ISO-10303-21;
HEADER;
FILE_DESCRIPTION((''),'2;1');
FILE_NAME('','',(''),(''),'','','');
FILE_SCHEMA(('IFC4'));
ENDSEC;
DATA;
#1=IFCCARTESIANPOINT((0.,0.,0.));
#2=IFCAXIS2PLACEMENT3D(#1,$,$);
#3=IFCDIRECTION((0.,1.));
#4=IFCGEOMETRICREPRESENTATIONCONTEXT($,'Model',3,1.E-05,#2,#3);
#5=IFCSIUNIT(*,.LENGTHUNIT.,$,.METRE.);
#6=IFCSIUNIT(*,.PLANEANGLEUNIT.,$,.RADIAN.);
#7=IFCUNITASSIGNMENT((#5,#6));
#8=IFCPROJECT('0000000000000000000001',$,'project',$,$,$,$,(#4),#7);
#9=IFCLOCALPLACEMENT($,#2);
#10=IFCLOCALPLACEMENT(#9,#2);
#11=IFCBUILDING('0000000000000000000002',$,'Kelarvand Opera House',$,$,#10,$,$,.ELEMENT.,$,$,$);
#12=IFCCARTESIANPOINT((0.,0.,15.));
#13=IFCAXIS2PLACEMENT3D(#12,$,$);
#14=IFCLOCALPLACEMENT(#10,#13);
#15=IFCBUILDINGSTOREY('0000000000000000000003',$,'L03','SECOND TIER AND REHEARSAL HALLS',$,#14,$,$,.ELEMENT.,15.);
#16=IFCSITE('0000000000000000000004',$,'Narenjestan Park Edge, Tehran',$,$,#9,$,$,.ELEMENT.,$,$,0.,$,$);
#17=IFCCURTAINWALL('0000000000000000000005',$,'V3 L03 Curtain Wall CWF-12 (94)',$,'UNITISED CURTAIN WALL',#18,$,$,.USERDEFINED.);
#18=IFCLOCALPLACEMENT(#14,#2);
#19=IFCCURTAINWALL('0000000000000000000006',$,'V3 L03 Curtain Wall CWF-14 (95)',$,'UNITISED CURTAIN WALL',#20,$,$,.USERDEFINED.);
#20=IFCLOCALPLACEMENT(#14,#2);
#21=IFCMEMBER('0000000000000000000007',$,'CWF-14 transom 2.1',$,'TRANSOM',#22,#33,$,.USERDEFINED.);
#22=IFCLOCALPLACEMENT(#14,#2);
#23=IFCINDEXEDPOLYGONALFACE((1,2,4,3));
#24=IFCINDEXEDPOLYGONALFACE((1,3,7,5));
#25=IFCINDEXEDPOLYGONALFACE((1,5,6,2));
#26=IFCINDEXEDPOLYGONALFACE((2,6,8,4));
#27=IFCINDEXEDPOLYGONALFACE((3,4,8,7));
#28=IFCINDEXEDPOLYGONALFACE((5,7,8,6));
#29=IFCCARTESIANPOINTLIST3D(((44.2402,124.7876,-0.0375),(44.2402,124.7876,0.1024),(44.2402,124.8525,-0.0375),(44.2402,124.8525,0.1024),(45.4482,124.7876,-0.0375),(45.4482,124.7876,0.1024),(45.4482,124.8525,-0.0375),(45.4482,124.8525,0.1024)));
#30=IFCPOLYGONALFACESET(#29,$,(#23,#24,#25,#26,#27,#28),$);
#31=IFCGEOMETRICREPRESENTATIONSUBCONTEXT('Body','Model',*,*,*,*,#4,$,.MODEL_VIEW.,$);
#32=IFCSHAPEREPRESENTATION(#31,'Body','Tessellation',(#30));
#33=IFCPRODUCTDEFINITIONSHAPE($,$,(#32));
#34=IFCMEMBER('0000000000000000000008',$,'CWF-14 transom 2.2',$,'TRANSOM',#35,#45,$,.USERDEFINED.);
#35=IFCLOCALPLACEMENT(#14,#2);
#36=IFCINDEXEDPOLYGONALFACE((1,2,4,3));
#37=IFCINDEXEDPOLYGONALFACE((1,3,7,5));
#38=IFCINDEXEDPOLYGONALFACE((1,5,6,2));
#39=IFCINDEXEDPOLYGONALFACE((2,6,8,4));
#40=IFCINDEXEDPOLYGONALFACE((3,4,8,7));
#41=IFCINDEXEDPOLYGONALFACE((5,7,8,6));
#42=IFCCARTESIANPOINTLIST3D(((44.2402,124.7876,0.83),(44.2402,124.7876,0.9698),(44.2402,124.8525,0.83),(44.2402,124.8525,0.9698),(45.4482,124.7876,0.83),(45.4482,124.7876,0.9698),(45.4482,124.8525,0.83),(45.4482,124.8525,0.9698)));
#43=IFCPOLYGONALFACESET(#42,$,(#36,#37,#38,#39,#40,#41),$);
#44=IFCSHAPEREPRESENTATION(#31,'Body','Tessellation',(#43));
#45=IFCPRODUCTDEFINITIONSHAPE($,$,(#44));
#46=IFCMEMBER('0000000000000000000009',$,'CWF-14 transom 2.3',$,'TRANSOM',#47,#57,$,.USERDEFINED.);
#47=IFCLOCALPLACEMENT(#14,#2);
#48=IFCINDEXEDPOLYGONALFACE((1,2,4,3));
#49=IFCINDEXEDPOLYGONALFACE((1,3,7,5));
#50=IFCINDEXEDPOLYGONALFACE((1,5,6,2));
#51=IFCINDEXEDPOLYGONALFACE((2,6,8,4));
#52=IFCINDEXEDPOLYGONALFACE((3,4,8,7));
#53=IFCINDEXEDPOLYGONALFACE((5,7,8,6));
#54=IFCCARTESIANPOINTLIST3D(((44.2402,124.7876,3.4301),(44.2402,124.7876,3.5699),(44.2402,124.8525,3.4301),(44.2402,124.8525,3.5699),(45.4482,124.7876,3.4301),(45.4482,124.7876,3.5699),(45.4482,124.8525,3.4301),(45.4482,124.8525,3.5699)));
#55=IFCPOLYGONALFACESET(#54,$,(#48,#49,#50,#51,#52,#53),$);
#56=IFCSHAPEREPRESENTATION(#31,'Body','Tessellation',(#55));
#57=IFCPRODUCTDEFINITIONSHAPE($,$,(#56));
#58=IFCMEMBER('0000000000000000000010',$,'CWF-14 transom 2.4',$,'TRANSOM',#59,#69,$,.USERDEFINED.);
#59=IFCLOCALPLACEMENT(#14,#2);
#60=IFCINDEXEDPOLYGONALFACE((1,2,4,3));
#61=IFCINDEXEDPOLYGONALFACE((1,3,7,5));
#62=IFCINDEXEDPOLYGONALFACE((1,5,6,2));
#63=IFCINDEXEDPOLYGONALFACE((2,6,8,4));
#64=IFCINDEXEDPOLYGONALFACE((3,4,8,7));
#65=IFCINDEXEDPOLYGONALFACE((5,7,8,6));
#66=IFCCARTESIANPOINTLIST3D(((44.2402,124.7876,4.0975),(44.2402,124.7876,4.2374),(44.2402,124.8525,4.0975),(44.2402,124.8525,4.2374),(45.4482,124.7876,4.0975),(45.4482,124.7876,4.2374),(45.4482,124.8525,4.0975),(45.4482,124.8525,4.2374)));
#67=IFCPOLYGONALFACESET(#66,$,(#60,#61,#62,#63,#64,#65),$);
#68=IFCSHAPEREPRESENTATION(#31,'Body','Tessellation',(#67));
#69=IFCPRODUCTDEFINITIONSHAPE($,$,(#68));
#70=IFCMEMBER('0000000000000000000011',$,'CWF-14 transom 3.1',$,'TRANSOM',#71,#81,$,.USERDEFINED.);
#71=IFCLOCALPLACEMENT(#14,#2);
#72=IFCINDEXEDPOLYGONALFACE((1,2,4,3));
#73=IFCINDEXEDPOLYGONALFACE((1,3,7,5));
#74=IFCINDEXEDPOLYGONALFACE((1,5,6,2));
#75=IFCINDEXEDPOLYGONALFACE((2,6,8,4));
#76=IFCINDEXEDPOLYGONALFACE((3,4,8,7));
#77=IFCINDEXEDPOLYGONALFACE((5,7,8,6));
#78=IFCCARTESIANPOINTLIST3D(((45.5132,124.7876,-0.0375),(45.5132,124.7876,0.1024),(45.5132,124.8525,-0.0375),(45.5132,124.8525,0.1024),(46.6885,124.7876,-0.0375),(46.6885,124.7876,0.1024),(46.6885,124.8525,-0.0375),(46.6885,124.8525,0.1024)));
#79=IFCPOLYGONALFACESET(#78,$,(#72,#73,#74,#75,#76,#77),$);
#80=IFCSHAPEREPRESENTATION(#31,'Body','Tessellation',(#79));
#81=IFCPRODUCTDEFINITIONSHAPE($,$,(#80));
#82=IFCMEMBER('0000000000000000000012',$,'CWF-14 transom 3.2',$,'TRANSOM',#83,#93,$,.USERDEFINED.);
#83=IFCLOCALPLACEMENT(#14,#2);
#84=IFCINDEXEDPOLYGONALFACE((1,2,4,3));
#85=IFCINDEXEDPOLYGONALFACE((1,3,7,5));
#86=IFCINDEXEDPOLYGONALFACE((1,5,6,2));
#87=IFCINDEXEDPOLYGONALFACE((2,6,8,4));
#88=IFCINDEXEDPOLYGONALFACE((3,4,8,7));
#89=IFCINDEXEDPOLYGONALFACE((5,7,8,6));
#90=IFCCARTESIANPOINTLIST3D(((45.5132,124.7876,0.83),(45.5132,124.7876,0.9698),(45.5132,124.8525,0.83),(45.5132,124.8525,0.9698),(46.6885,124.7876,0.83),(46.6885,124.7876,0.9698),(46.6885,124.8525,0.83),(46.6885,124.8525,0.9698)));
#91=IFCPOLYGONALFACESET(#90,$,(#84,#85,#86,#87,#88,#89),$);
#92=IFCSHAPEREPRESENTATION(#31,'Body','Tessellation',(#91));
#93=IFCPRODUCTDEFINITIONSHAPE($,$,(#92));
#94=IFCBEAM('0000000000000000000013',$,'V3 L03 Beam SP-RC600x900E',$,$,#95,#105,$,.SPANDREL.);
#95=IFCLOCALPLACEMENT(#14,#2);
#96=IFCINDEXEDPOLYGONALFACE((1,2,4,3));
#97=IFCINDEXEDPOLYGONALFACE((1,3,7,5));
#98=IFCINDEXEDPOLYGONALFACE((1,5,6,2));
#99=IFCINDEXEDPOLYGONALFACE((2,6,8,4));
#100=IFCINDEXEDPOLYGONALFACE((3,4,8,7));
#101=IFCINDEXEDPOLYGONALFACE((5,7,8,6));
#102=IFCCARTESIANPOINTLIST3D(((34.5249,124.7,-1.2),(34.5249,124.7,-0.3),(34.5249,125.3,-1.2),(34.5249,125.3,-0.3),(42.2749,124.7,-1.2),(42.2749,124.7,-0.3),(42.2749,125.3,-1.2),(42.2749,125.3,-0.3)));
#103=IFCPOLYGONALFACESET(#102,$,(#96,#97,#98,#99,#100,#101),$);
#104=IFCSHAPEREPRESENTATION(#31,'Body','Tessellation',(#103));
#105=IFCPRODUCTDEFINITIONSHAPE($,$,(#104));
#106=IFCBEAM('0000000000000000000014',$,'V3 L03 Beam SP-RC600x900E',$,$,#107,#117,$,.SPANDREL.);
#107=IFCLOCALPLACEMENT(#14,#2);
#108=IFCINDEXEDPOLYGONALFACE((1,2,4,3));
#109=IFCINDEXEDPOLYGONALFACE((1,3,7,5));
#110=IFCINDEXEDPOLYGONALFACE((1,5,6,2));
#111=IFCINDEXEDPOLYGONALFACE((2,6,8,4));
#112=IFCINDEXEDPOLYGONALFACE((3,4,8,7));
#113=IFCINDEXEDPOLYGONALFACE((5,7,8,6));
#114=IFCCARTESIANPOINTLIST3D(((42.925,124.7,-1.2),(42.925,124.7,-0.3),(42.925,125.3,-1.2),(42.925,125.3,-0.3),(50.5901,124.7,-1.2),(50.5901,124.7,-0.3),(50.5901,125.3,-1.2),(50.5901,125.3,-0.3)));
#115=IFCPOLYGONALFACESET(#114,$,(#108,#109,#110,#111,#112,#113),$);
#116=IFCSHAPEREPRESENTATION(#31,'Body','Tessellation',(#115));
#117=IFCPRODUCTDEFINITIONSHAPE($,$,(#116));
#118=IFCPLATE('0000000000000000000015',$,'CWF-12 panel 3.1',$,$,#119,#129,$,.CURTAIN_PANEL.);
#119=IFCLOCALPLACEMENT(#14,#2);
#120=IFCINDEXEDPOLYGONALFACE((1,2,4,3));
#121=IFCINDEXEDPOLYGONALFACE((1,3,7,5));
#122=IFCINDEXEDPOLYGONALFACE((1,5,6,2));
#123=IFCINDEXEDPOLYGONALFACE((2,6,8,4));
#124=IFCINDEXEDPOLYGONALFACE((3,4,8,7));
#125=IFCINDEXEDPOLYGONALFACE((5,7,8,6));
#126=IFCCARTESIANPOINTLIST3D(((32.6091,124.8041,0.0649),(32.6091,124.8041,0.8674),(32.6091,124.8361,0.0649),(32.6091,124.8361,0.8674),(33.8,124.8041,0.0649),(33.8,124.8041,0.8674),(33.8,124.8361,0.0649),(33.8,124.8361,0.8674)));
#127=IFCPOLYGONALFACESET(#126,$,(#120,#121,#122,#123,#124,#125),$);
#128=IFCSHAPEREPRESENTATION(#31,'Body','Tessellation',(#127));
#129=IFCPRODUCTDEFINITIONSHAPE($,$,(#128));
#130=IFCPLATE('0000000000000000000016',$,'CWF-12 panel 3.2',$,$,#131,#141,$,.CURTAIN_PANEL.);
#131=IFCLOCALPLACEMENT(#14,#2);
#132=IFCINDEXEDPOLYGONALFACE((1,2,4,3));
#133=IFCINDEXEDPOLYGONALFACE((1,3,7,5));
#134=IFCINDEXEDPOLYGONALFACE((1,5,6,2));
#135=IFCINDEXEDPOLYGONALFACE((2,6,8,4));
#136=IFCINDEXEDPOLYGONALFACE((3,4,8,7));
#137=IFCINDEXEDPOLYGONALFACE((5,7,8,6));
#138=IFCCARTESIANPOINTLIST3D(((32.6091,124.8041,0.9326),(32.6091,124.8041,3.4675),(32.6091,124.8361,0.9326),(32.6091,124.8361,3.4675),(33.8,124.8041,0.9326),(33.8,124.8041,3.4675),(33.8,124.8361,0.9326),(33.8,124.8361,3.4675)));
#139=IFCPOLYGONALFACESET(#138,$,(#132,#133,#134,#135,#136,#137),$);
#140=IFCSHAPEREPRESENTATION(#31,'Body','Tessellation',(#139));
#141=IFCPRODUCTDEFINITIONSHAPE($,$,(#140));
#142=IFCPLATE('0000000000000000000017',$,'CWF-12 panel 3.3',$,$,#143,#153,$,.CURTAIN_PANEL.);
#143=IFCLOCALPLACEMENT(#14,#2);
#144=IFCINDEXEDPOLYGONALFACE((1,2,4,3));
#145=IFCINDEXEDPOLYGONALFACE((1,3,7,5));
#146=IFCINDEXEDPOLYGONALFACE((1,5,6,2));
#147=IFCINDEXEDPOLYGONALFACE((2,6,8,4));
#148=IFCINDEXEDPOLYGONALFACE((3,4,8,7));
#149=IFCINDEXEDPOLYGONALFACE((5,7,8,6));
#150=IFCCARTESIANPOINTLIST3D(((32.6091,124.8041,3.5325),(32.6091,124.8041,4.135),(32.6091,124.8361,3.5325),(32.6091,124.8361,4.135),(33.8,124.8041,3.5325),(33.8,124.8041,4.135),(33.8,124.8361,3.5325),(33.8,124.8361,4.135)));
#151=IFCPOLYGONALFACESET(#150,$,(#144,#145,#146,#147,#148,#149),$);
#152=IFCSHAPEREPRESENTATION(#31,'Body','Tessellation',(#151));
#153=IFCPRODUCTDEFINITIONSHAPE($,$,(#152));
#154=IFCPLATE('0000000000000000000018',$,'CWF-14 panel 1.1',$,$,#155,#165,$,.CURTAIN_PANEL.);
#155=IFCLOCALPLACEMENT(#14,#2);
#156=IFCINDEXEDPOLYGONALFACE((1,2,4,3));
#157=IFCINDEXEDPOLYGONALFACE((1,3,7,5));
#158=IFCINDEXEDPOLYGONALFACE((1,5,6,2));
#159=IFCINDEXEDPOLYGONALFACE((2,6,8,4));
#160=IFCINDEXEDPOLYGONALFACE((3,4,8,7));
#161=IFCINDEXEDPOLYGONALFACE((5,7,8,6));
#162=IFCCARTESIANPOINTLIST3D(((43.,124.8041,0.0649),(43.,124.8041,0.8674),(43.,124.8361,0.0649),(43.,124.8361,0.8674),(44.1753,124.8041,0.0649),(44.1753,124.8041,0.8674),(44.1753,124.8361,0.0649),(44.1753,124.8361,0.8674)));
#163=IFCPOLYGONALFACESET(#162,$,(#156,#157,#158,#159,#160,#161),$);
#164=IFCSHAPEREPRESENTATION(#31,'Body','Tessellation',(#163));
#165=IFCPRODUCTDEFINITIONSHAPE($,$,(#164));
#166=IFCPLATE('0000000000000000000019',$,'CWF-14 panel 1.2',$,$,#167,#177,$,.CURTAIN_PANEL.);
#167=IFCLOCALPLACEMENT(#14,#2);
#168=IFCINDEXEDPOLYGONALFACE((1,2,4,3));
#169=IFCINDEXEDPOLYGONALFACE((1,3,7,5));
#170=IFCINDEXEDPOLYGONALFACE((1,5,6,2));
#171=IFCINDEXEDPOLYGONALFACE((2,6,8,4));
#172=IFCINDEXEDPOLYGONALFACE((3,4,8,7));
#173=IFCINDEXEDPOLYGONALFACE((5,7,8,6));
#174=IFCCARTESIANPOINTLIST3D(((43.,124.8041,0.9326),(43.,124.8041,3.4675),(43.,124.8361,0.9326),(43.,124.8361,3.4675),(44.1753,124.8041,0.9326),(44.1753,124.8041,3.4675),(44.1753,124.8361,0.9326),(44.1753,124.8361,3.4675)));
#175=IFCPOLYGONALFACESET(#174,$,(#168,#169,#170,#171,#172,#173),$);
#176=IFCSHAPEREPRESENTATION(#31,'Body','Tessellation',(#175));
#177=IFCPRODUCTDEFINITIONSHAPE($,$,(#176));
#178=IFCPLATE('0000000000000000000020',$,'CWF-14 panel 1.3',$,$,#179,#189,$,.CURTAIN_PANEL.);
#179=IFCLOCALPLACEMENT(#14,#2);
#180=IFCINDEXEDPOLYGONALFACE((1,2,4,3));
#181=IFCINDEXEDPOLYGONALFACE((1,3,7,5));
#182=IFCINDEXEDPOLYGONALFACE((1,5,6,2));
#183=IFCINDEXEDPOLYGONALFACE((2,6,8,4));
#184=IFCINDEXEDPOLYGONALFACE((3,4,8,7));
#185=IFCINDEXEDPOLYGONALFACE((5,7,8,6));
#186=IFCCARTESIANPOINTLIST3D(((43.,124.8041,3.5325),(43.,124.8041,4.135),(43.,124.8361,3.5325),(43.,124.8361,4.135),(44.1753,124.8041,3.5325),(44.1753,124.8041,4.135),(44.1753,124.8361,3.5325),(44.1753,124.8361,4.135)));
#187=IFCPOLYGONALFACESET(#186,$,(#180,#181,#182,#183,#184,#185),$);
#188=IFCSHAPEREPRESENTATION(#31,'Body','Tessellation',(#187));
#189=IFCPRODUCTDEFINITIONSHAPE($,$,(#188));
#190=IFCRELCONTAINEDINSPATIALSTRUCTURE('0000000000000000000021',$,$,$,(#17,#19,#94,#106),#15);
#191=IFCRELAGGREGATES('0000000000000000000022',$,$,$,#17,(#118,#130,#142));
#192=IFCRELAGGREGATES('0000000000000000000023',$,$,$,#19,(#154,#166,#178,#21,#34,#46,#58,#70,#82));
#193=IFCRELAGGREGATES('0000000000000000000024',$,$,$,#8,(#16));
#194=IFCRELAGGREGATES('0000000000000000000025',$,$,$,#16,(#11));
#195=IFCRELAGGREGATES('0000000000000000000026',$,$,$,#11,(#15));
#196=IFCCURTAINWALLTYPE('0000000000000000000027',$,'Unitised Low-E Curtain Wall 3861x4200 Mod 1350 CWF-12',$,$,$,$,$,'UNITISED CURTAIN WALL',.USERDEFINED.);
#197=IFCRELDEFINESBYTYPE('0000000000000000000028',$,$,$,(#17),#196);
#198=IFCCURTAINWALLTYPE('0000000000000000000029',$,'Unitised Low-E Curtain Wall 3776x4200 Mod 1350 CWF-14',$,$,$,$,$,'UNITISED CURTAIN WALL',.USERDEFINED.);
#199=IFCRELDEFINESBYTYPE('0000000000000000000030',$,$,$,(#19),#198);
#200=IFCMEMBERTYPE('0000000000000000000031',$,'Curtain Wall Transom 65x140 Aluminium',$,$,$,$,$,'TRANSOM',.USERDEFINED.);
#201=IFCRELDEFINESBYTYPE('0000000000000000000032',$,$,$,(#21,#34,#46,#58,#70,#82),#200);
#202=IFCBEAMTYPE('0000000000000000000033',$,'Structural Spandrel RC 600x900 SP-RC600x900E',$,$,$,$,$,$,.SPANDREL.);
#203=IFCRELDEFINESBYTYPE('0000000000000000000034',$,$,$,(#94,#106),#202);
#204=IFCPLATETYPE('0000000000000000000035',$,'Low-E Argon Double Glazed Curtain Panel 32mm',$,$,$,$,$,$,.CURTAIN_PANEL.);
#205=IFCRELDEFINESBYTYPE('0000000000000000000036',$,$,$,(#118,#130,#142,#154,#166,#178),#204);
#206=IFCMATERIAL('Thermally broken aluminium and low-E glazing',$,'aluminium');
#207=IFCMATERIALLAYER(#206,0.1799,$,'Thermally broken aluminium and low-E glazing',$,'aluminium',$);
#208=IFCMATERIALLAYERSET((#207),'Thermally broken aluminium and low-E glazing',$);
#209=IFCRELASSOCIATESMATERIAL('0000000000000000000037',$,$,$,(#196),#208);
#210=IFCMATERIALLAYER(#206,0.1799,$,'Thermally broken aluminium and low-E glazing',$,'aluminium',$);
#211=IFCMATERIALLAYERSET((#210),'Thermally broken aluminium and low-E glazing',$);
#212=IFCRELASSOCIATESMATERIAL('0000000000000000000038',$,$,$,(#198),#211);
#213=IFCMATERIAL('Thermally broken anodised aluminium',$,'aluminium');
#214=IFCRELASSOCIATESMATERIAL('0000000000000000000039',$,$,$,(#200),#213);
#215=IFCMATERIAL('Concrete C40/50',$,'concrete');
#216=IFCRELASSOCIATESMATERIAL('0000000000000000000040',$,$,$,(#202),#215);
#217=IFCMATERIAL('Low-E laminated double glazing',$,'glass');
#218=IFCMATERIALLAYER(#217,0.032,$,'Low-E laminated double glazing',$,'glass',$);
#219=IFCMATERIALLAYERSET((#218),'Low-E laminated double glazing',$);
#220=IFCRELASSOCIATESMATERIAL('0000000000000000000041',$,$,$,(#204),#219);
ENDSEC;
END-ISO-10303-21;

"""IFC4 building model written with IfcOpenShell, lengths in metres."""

from ifc_helpers import new_model, si_unit, direction, frame, origin, origin_2d, place, context, subcontext, project, spatial, rectangle, extrude, material, layer, layer_set, material_profile, profile_set, type_object, element, aggregate, save


model = new_model("IFC4")

# Units and contexts
model_context = context("Model", 3, precision=1e-05, world=origin(), true_north=direction((0.0, 1.0)))
body_context = subcontext(model_context, "Body", "Model", "MODEL_VIEW")
ifc_project = project(units=[si_unit("LENGTHUNIT", "METRE"), si_unit("PLANEANGLEUNIT", "RADIAN")], contexts=[model_context])

# Site, building, storey
site_placement = place(None, origin())
site = spatial("IfcSite", under=ifc_project, at=site_placement, Name="Narenjestan Park Edge, Tehran", CompositionType="ELEMENT", RefElevation=0.0)
building_placement = place(site_placement, origin())
building = spatial("IfcBuilding", under=site, at=building_placement, Name="Kelarvand Opera House", CompositionType="ELEMENT")
storey_placement = place(building_placement, frame((0.0, 0.0, 15.0)))
storey = spatial("IfcBuildingStorey", under=building, at=storey_placement, Name="L03", Description="SECOND TIER AND REHEARSAL HALLS", CompositionType="ELEMENT", Elevation=15.0)

# Shared definitions
ifc_material_1 = material(Name="Concrete C40/50", Category="concrete")

# Curtain walls
ifc_material_2 = material(Name="Thermally broken aluminium and low-E glazing", Category="aluminium")
ifc_layer_1 = layer(ifc_material_2, 0.1799, Name="Thermally broken aluminium and low-E glazing", Category="aluminium")
ifc_layer_set_1 = layer_set([ifc_layer_1], Name="Thermally broken aluminium and low-E glazing")
curtain_wall_type_1 = type_object("IfcCurtainWallType", Name="Unitised Low-E Curtain Wall 3861x4200 Mod 1350 CWF-12", ElementType="UNITISED CURTAIN WALL", PredefinedType="USERDEFINED", material=ifc_layer_set_1)
curtain_wall_1_placement = place(storey_placement, origin())
curtain_wall_1 = element("IfcCurtainWall", 1, at=curtain_wall_1_placement, inside=storey, type_object=curtain_wall_type_1, Name="V3 L03 Curtain Wall CWF-12 (94)", ObjectType="UNITISED CURTAIN WALL", PredefinedType="USERDEFINED")
ifc_material_3 = material(Name="Thermally broken anodised aluminium", Category="aluminium")
ifc_layer_2 = layer(ifc_material_2, 0.1799, Name="Thermally broken aluminium and low-E glazing", Category="aluminium")
ifc_layer_set_2 = layer_set([ifc_layer_2], Name="Thermally broken aluminium and low-E glazing")
curtain_wall_type_2 = type_object("IfcCurtainWallType", Name="Unitised Low-E Curtain Wall 3776x4200 Mod 1350 CWF-14", ElementType="UNITISED CURTAIN WALL", PredefinedType="USERDEFINED", material=ifc_layer_set_2)
curtain_wall_2_placement = place(storey_placement, origin())
curtain_wall_2 = element("IfcCurtainWall", 2, at=curtain_wall_2_placement, inside=storey, type_object=curtain_wall_type_2, Name="V3 L03 Curtain Wall CWF-14 (95)", ObjectType="UNITISED CURTAIN WALL", PredefinedType="USERDEFINED")

# Members
ifc_material_profile_1 = material_profile(ifc_material_3, rectangle(XDim=0.0649, YDim=0.1399, at=origin_2d()), Name="ALU TRANSOM 65x140", Category="aluminium")
ifc_profile_set_1 = profile_set([ifc_material_profile_1], Name="Thermally broken anodised aluminium")
member_type_1 = type_object("IfcMemberType", Name="Curtain Wall Transom 65x140 Aluminium", ElementType="TRANSOM", PredefinedType="USERDEFINED", material=ifc_profile_set_1)
member_1_placement = place(storey_placement, frame((44.2402, 124.8201, 0.0325), z_axis=(1.0, 0.0, 0.0), x_axis=(0.0, 1.0, 0.0)))
member_1 = element("IfcMember", 3, at=member_1_placement, type_object=member_type_1, Name="CWF-14 transom 2.1", ObjectType="TRANSOM", PredefinedType="USERDEFINED", context=body_context, shape_type="SweptSolid", body=[
    extrude(rectangle(XDim=0.0649, YDim=0.1399, at=origin_2d()), origin(), (0.0, 0.0, 1.0), 1.208),
])
member_2_placement = place(storey_placement, frame((44.2402, 124.8201, 0.8999), z_axis=(1.0, 0.0, 0.0), x_axis=(0.0, 1.0, 0.0)))
member_2 = element("IfcMember", 4, at=member_2_placement, type_object=member_type_1, Name="CWF-14 transom 2.2", ObjectType="TRANSOM", PredefinedType="USERDEFINED", context=body_context, shape_type="SweptSolid", body=[
    extrude(rectangle(XDim=0.0649, YDim=0.1399, at=origin_2d()), origin(), (0.0, 0.0, 1.0), 1.208),
])
member_3_placement = place(storey_placement, frame((44.2402, 124.8201, 3.5), z_axis=(1.0, 0.0, 0.0), x_axis=(0.0, 1.0, 0.0)))
member_3 = element("IfcMember", 5, at=member_3_placement, type_object=member_type_1, Name="CWF-14 transom 2.3", ObjectType="TRANSOM", PredefinedType="USERDEFINED", context=body_context, shape_type="SweptSolid", body=[
    extrude(rectangle(XDim=0.0649, YDim=0.1399, at=origin_2d()), origin(), (0.0, 0.0, 1.0), 1.208),
])
member_4_placement = place(storey_placement, frame((44.2402, 124.8201, 4.1675), z_axis=(1.0, 0.0, 0.0), x_axis=(0.0, 1.0, 0.0)))
member_4 = element("IfcMember", 6, at=member_4_placement, type_object=member_type_1, Name="CWF-14 transom 2.4", ObjectType="TRANSOM", PredefinedType="USERDEFINED", context=body_context, shape_type="SweptSolid", body=[
    extrude(rectangle(XDim=0.0649, YDim=0.1399, at=origin_2d()), origin(), (0.0, 0.0, 1.0), 1.208),
])
member_5_placement = place(storey_placement, frame((45.5132, 124.8201, 0.0325), z_axis=(1.0, 0.0, 0.0), x_axis=(0.0, 1.0, 0.0)))
member_5 = element("IfcMember", 7, at=member_5_placement, type_object=member_type_1, Name="CWF-14 transom 3.1", ObjectType="TRANSOM", PredefinedType="USERDEFINED", context=body_context, shape_type="SweptSolid", body=[
    extrude(rectangle(XDim=0.0649, YDim=0.1399, at=origin_2d()), origin(), (0.0, 0.0, 1.0), 1.1753),
])
member_6_placement = place(storey_placement, frame((45.5132, 124.8201, 0.8999), z_axis=(1.0, 0.0, 0.0), x_axis=(0.0, 1.0, 0.0)))
member_6 = element("IfcMember", 8, at=member_6_placement, type_object=member_type_1, Name="CWF-14 transom 3.2", ObjectType="TRANSOM", PredefinedType="USERDEFINED", context=body_context, shape_type="SweptSolid", body=[
    extrude(rectangle(XDim=0.0649, YDim=0.1399, at=origin_2d()), origin(), (0.0, 0.0, 1.0), 1.1753),
])

# Beams
ifc_material_profile_2 = material_profile(ifc_material_1, rectangle(XDim=0.6001, YDim=0.8999, at=origin_2d()), Name="RC 600x900", Category="concrete")
ifc_profile_set_2 = profile_set([ifc_material_profile_2], Name="Concrete C40/50")
beam_type = type_object("IfcBeamType", Name="Structural Spandrel RC 600x900 SP-RC600x900E", PredefinedType="SPANDREL", material=ifc_profile_set_2)
beam_1_placement = place(storey_placement, frame((34.5249, 125.0, -0.75), z_axis=(1.0, 0.0, 0.0), x_axis=(0.0, 1.0, 0.0)))
element("IfcBeam", 9, at=beam_1_placement, inside=storey, type_object=beam_type, Name="V3 L03 Beam SP-RC600x900E", PredefinedType="SPANDREL", context=body_context, shape_type="SweptSolid", body=[
    extrude(rectangle(XDim=0.6001, YDim=0.8999, at=origin_2d()), origin(), (0.0, 0.0, 1.0), 7.75),
])
beam_2_placement = place(storey_placement, frame((42.925, 125.0, -0.75), z_axis=(1.0, 0.0, 0.0), x_axis=(0.0, 1.0, 0.0)))
element("IfcBeam", 10, at=beam_2_placement, inside=storey, type_object=beam_type, Name="V3 L03 Beam SP-RC600x900E", PredefinedType="SPANDREL", context=body_context, shape_type="SweptSolid", body=[
    extrude(rectangle(XDim=0.6001, YDim=0.8999, at=origin_2d()), origin(), (0.0, 0.0, 1.0), 7.665),
])

# Plates
ifc_material_4 = material(Name="Low-E laminated double glazing", Category="glass")
ifc_layer_3 = layer(ifc_material_4, 0.032, Name="Low-E laminated double glazing", Category="glass")
ifc_layer_set_3 = layer_set([ifc_layer_3], Name="Low-E laminated double glazing")
plate_type = type_object("IfcPlateType", Name="Low-E Argon Double Glazed Curtain Panel 32mm", PredefinedType="CURTAIN_PANEL", material=ifc_layer_set_3)
plate_1_placement = place(storey_placement, frame((33.2046, 124.8201, 0.0649), z_axis=(0.0, 0.0, 1.0), x_axis=(1.0, 0.0, 0.0)))
plate_1 = element("IfcPlate", 11, at=plate_1_placement, type_object=plate_type, Name="CWF-12 panel 3.1", PredefinedType="CURTAIN_PANEL", context=body_context, shape_type="SweptSolid", body=[
    extrude(rectangle(XDim=1.1909, YDim=0.032, at=origin_2d()), origin(), (0.0, 0.0, 1.0), 0.8025),
])
plate_2_placement = place(storey_placement, frame((33.2046, 124.8201, 0.9326), z_axis=(0.0, 0.0, 1.0), x_axis=(1.0, 0.0, 0.0)))
plate_2 = element("IfcPlate", 12, at=plate_2_placement, type_object=plate_type, Name="CWF-12 panel 3.2", PredefinedType="CURTAIN_PANEL", context=body_context, shape_type="SweptSolid", body=[
    extrude(rectangle(XDim=1.1909, YDim=0.032, at=origin_2d()), origin(), (0.0, 0.0, 1.0), 2.5349),
])
plate_3_placement = place(storey_placement, frame((33.2046, 124.8201, 3.5325), z_axis=(0.0, 0.0, 1.0), x_axis=(1.0, 0.0, 0.0)))
plate_3 = element("IfcPlate", 13, at=plate_3_placement, type_object=plate_type, Name="CWF-12 panel 3.3", PredefinedType="CURTAIN_PANEL", context=body_context, shape_type="SweptSolid", body=[
    extrude(rectangle(XDim=1.1909, YDim=0.032, at=origin_2d()), origin(), (0.0, 0.0, 1.0), 0.6025),
])
aggregate(curtain_wall_1, [plate_1, plate_2, plate_3])
plate_4_placement = place(storey_placement, frame((43.5876, 124.8201, 0.0649), z_axis=(0.0, 0.0, 1.0), x_axis=(1.0, 0.0, 0.0)))
plate_4 = element("IfcPlate", 14, at=plate_4_placement, type_object=plate_type, Name="CWF-14 panel 1.1", PredefinedType="CURTAIN_PANEL", context=body_context, shape_type="SweptSolid", body=[
    extrude(rectangle(XDim=1.1753, YDim=0.032, at=origin_2d()), origin(), (0.0, 0.0, 1.0), 0.8025),
])
plate_5_placement = place(storey_placement, frame((43.5876, 124.8201, 0.9326), z_axis=(0.0, 0.0, 1.0), x_axis=(1.0, 0.0, 0.0)))
plate_5 = element("IfcPlate", 15, at=plate_5_placement, type_object=plate_type, Name="CWF-14 panel 1.2", PredefinedType="CURTAIN_PANEL", context=body_context, shape_type="SweptSolid", body=[
    extrude(rectangle(XDim=1.1753, YDim=0.032, at=origin_2d()), origin(), (0.0, 0.0, 1.0), 2.5349),
])
plate_6_placement = place(storey_placement, frame((43.5876, 124.8201, 3.5325), z_axis=(0.0, 0.0, 1.0), x_axis=(1.0, 0.0, 0.0)))
plate_6 = element("IfcPlate", 16, at=plate_6_placement, type_object=plate_type, Name="CWF-14 panel 1.3", PredefinedType="CURTAIN_PANEL", context=body_context, shape_type="SweptSolid", body=[
    extrude(rectangle(XDim=1.1753, YDim=0.032, at=origin_2d()), origin(), (0.0, 0.0, 1.0), 0.6025),
])
aggregate(curtain_wall_2, [plate_4, plate_5, plate_6, member_1, member_2, member_3, member_4, member_5, member_6])

save(model, "model.ifc")
